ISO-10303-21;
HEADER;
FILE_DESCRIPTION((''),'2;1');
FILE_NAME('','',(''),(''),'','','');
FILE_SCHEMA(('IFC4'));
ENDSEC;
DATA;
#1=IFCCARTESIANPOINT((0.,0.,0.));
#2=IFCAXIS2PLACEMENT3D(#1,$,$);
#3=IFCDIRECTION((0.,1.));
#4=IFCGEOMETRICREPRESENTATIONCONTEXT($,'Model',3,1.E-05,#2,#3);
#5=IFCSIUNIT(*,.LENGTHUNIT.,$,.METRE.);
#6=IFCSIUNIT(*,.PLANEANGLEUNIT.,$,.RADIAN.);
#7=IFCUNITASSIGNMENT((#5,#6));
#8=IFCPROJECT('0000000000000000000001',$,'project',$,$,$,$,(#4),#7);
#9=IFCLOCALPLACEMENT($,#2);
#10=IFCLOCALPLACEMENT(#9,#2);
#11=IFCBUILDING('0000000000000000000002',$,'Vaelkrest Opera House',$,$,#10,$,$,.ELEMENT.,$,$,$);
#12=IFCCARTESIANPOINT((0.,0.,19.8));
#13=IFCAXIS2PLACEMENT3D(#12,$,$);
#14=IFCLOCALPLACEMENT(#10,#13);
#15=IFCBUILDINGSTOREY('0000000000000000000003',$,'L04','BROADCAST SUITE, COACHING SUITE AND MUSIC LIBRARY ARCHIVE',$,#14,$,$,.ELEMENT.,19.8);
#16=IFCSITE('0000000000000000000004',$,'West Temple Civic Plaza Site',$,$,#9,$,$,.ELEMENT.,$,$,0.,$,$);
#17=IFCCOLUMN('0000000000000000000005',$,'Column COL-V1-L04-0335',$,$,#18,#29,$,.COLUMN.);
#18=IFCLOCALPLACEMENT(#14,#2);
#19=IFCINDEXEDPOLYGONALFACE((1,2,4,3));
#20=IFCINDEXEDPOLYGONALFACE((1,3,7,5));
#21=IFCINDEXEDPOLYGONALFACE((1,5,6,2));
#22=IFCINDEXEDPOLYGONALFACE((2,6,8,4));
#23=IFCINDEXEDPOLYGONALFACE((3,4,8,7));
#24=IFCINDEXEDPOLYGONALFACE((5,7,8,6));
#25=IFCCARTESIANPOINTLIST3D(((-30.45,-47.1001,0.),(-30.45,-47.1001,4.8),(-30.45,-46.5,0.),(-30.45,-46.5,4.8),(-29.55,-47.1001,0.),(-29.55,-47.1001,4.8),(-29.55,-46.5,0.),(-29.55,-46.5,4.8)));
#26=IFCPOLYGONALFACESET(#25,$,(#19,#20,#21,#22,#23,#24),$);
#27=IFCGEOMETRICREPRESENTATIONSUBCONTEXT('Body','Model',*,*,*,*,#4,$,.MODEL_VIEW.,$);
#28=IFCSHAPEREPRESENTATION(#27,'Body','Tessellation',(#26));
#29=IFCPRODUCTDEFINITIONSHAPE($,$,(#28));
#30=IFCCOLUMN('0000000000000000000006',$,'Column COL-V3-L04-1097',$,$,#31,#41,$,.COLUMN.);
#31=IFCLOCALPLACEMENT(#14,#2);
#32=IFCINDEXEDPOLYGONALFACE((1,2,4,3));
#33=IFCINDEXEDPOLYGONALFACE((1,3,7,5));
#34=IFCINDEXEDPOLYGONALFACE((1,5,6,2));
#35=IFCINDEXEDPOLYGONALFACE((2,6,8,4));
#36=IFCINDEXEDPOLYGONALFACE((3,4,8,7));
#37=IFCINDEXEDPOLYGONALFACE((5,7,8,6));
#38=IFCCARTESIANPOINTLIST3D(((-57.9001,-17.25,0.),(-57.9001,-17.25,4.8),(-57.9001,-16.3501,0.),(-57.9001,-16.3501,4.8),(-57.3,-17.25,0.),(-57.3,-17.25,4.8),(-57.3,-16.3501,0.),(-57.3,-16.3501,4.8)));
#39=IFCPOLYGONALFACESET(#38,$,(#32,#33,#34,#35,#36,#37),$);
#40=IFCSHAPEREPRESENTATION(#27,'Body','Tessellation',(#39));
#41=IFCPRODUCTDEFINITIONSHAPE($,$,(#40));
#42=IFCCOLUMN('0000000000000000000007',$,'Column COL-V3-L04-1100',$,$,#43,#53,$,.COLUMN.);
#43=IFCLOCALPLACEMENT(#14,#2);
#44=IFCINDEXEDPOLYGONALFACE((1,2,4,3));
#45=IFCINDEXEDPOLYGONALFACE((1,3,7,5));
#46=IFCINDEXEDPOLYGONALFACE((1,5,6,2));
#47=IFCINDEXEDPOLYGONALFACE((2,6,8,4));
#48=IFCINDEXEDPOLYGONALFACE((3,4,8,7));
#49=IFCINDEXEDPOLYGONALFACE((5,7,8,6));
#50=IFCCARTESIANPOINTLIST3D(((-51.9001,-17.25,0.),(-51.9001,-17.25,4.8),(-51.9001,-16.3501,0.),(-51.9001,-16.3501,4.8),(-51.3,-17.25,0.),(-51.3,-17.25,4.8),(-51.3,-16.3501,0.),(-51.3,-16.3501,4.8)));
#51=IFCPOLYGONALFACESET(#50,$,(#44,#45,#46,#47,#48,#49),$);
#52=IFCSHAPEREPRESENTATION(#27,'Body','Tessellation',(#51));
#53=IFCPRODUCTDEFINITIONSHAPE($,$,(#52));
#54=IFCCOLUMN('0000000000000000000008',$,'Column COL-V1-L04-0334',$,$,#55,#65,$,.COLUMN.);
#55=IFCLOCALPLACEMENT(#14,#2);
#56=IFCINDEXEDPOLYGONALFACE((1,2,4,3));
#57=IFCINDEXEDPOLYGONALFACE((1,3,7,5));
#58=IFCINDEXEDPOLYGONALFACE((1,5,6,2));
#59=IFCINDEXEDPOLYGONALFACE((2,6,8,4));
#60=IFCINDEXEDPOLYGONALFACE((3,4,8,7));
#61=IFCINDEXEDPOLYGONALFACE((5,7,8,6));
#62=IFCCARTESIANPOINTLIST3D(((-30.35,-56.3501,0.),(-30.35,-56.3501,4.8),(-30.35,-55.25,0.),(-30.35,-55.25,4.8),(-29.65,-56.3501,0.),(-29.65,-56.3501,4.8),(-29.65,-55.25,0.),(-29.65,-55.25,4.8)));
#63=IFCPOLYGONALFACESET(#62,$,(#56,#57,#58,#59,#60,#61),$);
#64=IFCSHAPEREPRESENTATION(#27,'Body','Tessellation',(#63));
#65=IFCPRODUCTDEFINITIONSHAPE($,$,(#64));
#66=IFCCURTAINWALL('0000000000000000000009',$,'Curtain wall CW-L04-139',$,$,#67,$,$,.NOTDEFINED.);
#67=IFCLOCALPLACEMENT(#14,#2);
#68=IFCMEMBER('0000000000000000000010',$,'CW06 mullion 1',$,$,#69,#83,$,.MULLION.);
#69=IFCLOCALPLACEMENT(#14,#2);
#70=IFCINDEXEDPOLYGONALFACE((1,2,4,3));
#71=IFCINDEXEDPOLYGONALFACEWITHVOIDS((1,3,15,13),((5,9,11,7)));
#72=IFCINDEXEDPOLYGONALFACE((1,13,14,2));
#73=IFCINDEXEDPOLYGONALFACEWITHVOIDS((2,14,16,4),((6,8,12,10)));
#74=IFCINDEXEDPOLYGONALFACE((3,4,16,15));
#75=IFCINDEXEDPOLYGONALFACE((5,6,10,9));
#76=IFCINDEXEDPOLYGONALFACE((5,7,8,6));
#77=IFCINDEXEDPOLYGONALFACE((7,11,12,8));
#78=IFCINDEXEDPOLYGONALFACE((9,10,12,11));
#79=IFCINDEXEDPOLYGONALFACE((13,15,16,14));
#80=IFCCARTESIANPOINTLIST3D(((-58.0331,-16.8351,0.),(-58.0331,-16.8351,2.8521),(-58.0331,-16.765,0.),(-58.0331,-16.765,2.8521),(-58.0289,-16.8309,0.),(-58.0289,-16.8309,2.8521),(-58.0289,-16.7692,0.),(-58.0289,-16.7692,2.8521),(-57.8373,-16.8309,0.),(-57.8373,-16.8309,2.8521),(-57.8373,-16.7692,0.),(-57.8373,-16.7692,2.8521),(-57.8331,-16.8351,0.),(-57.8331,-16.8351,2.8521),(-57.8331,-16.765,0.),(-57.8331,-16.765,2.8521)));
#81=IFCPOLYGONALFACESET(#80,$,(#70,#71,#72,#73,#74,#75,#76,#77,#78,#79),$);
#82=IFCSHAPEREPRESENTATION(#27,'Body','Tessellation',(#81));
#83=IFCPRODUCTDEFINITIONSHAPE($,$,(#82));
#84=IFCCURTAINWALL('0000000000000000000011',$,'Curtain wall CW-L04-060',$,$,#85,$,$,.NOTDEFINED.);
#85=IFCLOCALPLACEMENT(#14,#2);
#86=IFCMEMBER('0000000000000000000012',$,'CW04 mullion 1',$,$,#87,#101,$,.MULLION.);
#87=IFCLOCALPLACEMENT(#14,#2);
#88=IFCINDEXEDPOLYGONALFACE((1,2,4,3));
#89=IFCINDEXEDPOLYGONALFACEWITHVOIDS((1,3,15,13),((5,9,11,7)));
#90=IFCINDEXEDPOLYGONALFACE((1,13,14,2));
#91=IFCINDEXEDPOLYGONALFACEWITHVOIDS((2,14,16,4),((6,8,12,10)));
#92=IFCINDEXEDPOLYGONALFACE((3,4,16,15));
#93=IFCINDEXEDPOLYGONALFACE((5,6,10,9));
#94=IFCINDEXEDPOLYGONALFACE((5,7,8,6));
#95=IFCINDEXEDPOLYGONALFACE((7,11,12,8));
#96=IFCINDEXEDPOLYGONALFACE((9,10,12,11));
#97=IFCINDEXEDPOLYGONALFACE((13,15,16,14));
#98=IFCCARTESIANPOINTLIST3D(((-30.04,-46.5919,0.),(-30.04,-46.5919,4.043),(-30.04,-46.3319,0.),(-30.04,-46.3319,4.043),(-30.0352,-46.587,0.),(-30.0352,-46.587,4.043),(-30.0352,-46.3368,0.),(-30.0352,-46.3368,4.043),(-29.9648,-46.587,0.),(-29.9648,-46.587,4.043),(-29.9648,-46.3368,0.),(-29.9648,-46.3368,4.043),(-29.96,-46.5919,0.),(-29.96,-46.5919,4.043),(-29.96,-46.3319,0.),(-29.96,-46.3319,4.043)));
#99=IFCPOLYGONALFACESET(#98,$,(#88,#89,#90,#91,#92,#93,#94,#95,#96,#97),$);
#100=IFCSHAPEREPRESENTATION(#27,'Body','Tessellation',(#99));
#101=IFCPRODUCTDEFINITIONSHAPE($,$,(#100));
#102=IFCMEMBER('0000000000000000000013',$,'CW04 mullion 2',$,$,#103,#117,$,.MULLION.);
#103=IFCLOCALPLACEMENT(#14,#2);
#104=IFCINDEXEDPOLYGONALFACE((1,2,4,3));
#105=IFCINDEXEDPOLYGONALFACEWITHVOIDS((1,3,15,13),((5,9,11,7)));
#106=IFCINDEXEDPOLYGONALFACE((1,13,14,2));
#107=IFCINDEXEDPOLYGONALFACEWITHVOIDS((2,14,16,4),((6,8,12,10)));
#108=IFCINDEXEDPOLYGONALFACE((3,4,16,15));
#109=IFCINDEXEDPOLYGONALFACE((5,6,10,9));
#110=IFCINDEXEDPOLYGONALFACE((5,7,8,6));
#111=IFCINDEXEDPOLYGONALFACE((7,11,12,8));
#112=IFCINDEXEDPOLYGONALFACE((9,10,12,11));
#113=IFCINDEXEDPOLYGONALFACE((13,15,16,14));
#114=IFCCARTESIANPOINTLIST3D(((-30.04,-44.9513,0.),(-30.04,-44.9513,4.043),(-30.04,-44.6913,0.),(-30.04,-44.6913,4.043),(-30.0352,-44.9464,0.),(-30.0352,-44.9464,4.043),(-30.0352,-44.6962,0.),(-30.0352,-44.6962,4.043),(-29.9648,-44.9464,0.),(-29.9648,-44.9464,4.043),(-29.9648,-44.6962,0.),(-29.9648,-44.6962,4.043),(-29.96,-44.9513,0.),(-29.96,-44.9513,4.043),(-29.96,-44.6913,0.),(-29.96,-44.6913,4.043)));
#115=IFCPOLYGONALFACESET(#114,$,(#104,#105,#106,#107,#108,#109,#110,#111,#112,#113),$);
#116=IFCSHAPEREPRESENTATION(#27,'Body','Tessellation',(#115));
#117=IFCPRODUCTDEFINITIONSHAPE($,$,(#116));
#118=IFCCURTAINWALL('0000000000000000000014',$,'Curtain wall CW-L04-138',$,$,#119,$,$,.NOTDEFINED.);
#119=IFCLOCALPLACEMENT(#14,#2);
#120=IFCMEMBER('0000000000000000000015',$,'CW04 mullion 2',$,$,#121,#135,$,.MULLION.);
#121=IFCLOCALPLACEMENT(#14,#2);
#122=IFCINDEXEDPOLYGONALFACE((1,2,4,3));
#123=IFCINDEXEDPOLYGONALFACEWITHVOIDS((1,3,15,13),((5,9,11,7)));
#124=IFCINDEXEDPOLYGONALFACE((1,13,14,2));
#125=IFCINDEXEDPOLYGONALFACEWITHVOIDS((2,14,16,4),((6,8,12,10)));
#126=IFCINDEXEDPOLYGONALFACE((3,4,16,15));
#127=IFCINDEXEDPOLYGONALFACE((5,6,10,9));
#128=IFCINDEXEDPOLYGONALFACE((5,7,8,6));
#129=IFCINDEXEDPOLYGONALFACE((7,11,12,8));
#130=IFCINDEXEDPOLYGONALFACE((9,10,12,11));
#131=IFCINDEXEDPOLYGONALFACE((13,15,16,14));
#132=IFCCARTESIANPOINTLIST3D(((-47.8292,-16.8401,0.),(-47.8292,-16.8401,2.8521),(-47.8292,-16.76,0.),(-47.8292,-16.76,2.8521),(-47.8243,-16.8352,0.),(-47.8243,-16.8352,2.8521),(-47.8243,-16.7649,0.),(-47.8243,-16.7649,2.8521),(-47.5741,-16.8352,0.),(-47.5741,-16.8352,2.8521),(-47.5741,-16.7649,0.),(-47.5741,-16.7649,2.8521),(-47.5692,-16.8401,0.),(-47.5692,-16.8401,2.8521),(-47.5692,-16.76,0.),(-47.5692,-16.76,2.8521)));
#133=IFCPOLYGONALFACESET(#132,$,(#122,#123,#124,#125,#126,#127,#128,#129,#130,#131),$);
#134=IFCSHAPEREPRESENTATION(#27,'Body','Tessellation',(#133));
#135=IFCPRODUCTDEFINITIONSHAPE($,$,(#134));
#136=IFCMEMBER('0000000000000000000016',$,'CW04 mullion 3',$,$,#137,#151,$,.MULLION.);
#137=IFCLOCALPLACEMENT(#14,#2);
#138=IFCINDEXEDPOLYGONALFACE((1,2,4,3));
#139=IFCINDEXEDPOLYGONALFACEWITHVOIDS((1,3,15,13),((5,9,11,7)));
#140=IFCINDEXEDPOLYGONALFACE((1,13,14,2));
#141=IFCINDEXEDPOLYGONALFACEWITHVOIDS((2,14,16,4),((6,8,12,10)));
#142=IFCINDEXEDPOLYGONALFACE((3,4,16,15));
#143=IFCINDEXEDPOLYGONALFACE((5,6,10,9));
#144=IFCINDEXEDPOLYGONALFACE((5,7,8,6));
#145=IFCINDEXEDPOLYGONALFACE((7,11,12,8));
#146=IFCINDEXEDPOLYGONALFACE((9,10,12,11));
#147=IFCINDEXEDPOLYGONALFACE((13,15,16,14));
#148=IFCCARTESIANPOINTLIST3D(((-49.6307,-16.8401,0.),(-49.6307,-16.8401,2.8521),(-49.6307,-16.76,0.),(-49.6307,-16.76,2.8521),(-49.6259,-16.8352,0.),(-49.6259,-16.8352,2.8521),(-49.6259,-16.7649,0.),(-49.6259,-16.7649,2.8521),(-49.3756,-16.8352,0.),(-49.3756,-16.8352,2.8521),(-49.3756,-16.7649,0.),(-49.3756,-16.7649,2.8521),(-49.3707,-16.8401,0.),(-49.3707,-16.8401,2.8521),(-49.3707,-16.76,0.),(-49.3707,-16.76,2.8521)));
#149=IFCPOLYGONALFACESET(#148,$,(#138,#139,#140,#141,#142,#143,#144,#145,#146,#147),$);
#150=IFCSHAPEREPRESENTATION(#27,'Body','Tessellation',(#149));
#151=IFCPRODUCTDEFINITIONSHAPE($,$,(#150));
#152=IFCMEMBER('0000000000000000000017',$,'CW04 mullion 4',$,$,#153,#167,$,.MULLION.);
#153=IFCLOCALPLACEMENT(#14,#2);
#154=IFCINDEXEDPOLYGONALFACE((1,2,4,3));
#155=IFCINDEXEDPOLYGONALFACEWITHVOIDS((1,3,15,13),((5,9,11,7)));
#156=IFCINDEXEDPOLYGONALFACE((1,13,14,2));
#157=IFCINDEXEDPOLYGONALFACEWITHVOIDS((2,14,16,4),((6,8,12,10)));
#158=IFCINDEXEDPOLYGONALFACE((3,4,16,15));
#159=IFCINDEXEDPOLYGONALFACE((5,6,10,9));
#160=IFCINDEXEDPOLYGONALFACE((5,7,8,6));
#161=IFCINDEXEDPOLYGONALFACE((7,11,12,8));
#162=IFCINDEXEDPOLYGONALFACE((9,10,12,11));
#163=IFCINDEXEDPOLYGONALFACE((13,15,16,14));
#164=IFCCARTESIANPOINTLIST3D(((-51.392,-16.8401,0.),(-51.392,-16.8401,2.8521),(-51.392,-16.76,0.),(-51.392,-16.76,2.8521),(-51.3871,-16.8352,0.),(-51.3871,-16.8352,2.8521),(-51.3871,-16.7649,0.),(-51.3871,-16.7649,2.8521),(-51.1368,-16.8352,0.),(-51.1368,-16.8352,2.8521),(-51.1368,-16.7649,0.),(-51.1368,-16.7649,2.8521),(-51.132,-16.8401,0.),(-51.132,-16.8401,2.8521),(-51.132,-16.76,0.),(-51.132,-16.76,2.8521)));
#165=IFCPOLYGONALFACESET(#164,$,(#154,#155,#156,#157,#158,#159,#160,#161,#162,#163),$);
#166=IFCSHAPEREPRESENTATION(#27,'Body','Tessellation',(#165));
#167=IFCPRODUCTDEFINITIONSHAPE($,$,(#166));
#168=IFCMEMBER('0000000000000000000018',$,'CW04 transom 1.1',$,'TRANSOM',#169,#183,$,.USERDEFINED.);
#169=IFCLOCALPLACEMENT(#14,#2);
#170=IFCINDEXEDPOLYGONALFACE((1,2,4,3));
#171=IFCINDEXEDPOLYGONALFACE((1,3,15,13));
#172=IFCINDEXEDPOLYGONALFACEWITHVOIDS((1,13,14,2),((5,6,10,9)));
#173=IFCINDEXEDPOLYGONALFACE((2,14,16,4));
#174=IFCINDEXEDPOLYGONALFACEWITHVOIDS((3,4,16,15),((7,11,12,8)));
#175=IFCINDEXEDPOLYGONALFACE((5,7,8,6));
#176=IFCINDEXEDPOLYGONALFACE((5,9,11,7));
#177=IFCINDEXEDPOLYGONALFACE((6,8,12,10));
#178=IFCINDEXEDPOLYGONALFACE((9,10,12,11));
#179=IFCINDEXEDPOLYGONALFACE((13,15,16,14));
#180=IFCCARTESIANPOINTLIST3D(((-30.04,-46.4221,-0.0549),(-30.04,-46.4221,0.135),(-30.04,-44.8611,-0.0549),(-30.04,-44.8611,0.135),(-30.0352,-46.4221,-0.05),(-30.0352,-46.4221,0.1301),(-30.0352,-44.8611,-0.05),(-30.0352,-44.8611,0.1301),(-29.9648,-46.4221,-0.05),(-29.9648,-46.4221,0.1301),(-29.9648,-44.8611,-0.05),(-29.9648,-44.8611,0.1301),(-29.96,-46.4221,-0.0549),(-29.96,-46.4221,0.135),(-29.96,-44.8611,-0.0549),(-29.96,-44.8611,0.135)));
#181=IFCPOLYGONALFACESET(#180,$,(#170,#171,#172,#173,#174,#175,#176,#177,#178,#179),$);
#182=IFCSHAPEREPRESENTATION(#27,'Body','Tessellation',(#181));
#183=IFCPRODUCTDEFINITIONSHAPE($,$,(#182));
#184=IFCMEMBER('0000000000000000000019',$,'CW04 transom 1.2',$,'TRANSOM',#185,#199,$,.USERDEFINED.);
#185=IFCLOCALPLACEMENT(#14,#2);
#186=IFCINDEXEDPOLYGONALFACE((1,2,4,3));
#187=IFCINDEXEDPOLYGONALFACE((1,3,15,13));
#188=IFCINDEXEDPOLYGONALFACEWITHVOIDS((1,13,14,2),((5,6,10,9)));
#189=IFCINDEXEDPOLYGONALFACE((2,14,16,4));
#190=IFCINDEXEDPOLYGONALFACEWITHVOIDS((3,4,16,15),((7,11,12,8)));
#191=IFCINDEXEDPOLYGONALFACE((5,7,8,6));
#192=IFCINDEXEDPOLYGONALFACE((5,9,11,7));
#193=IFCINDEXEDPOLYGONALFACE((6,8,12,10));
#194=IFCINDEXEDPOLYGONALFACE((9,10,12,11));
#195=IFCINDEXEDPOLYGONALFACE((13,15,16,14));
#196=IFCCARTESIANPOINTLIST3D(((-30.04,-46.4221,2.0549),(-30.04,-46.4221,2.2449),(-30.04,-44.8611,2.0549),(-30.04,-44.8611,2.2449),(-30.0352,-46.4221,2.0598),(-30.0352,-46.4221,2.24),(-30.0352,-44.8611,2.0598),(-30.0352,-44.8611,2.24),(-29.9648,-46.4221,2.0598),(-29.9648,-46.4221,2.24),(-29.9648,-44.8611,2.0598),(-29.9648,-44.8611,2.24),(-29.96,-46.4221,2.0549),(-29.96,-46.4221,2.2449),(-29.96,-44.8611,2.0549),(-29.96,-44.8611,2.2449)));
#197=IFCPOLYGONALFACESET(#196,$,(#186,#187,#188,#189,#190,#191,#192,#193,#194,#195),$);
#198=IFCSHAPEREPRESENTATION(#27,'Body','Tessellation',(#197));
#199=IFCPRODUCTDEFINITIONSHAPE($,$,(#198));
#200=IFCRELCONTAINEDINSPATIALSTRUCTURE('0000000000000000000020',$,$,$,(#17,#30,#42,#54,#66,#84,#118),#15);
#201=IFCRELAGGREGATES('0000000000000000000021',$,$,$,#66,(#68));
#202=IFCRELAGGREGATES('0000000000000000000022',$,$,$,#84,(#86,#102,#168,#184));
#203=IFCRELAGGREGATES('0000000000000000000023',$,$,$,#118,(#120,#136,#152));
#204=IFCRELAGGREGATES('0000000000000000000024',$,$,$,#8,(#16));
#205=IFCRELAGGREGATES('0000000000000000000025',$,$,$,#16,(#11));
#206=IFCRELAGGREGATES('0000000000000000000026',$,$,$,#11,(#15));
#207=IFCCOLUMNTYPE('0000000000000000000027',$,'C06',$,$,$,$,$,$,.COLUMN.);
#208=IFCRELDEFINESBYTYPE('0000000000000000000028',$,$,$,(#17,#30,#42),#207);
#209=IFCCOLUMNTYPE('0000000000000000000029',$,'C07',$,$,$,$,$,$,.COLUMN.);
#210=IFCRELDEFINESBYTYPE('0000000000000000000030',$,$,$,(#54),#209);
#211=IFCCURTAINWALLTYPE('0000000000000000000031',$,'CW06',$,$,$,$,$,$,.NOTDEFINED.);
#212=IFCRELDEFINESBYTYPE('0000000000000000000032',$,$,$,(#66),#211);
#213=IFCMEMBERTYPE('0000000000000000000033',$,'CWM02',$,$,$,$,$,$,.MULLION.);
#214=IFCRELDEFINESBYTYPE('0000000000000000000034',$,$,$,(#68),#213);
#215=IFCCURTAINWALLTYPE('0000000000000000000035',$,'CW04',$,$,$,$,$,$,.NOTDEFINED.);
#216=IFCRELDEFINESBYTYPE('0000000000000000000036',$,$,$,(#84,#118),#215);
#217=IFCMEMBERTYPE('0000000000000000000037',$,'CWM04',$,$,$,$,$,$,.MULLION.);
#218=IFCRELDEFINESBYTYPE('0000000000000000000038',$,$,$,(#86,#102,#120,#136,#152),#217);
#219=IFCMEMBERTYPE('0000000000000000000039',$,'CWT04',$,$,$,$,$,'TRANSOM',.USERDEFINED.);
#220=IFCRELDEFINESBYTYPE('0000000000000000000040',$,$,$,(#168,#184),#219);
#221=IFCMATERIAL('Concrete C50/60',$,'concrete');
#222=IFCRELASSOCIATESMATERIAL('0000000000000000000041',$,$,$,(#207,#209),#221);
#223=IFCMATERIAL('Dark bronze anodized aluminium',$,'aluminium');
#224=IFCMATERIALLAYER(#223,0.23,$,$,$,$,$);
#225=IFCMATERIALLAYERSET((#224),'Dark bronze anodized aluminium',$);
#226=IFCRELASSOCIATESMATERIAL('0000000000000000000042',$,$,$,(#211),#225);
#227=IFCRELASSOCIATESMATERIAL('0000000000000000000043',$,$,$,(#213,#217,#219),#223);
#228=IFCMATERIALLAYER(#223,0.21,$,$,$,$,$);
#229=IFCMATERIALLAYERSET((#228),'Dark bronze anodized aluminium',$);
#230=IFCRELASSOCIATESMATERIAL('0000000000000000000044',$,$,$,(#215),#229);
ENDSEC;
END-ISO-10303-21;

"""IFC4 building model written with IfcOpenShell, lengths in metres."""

from ifc_helpers import new_model, si_unit, direction, frame, origin, origin_2d, place, context, subcontext, project, spatial, rectangle, hollow_rectangle, extrude, material, layer, layer_set, material_profile, profile_set, type_object, element, aggregate, save


model = new_model("IFC4")

# Units and contexts
model_context = context("Model", 3, precision=1e-05, world=origin(), true_north=direction((0.0, 1.0)))
body_context = subcontext(model_context, "Body", "Model", "MODEL_VIEW")
ifc_project = project(units=[si_unit("LENGTHUNIT", "METRE"), si_unit("PLANEANGLEUNIT", "RADIAN")], contexts=[model_context])

# Site, building, storey
site_placement = place(None, origin())
site = spatial("IfcSite", under=ifc_project, at=site_placement, Name="West Temple Civic Plaza Site", CompositionType="ELEMENT", RefElevation=0.0)
building_placement = place(site_placement, origin())
building = spatial("IfcBuilding", under=site, at=building_placement, Name="Vaelkrest Opera House", CompositionType="ELEMENT")
storey_placement = place(building_placement, frame((0.0, 0.0, 19.8)))
storey = spatial("IfcBuildingStorey", under=building, at=storey_placement, Name="L04", Description="BROADCAST SUITE, COACHING SUITE AND MUSIC LIBRARY ARCHIVE", CompositionType="ELEMENT", Elevation=19.8)

# Columns
ifc_material_1 = material(Name="Concrete C50/60", Category="concrete")
ifc_material_profile_1 = material_profile(ifc_material_1, rectangle(XDim=0.6001, YDim=0.8999, at=origin_2d()), Name="RC600X900")
ifc_profile_set_1 = profile_set([ifc_material_profile_1], Name="Concrete C50/60")
column_type_1 = type_object("IfcColumnType", Name="C06", PredefinedType="COLUMN", material=ifc_profile_set_1)
for number, where, z_axis, x_axis, name in (
    (1, (-30.0, -46.8, 0.0), (0.0, 0.0, 1.0), (0.0, 1.0, 0.0), "Column COL-V1-L04-0335"),
    (2, (-57.6001, -16.8, 0.0), (0.0, 0.0, 1.0), (1.0, 0.0, 0.0), "Column COL-V3-L04-1097"),
    (3, (-51.6001, -16.8, 0.0), (0.0, 0.0, 1.0), (1.0, 0.0, 0.0), "Column COL-V3-L04-1100"),
):
    element("IfcColumn", number, at=place(storey_placement, frame(where, z_axis=z_axis, x_axis=x_axis)), inside=storey, type_object=column_type_1, Name=name, PredefinedType="COLUMN", context=body_context, shape_type="SweptSolid", body=[
        extrude(rectangle(XDim=0.6001, YDim=0.8999, at=origin_2d()), origin(), (0.0, 0.0, 1.0), 4.8),
    ])
ifc_material_profile_2 = material_profile(ifc_material_1, rectangle(XDim=0.7, YDim=1.1001, at=origin_2d()), Name="RC700X1100")
ifc_profile_set_2 = profile_set([ifc_material_profile_2], Name="Concrete C50/60")
column_type_2 = type_object("IfcColumnType", Name="C07", PredefinedType="COLUMN", material=ifc_profile_set_2)
column_placement = place(storey_placement, frame((-30.0, -55.8, 0.0), z_axis=(0.0, 0.0, 1.0), x_axis=(1.0, 0.0, 0.0)))
element("IfcColumn", 4, at=column_placement, inside=storey, type_object=column_type_2, Name="Column COL-V1-L04-0334", PredefinedType="COLUMN", context=body_context, shape_type="SweptSolid", body=[
    extrude(rectangle(XDim=0.7, YDim=1.1001, at=origin_2d()), origin(), (0.0, 0.0, 1.0), 4.8),
])

# Curtain wall, member
ifc_material_2 = material(Name="Dark bronze anodized aluminium", Category="aluminium")
ifc_layer_1 = layer(ifc_material_2, 0.23)
ifc_layer_set_1 = layer_set([ifc_layer_1], Name="Dark bronze anodized aluminium")
curtain_wall_type_1 = type_object("IfcCurtainWallType", Name="CW06", PredefinedType="NOTDEFINED", material=ifc_layer_set_1)
curtain_wall_1_placement = place(storey_placement, origin())
curtain_wall_1 = element("IfcCurtainWall", 5, at=curtain_wall_1_placement, inside=storey, type_object=curtain_wall_type_1, Name="Curtain wall CW-L04-139", PredefinedType="NOTDEFINED")
ifc_material_profile_3 = material_profile(ifc_material_2, hollow_rectangle(XDim=0.0701, YDim=0.2, WallThickness=0.0042, at=origin_2d()), Name="CWM70X200")
ifc_profile_set_3 = profile_set([ifc_material_profile_3], Name="Dark bronze anodized aluminium")
member_type_1 = type_object("IfcMemberType", Name="CWM02", PredefinedType="MULLION", material=ifc_profile_set_3)
member_1_placement = place(storey_placement, frame((-57.9331, -16.8, 0.0), z_axis=(0.0, 0.0, 1.0), x_axis=(0.0, -1.0, 0.0)))
member_1 = element("IfcMember", 6, at=member_1_placement, type_object=member_type_1, Name="CW06 mullion 1", PredefinedType="MULLION", context=body_context, shape_type="SweptSolid", body=[
    extrude(hollow_rectangle(XDim=0.0701, YDim=0.2, WallThickness=0.0042, at=origin_2d()), origin(), (0.0, 0.0, 1.0), 2.8521),
])

# Curtain walls, members
ifc_layer_2 = layer(ifc_material_2, 0.21)
ifc_layer_set_2 = layer_set([ifc_layer_2], Name="Dark bronze anodized aluminium")
curtain_wall_type_2 = type_object("IfcCurtainWallType", Name="CW04", PredefinedType="NOTDEFINED", material=ifc_layer_set_2)
curtain_wall_2_placement = place(storey_placement, origin())
curtain_wall_2 = element("IfcCurtainWall", 7, at=curtain_wall_2_placement, inside=storey, type_object=curtain_wall_type_2, Name="Curtain wall CW-L04-060", PredefinedType="NOTDEFINED")
ifc_material_profile_4 = material_profile(ifc_material_2, hollow_rectangle(XDim=0.0801, YDim=0.26, WallThickness=0.0049, at=origin_2d()), Name="CWM80X260")
ifc_profile_set_4 = profile_set([ifc_material_profile_4], Name="Dark bronze anodized aluminium")
member_type_2 = type_object("IfcMemberType", Name="CWM04", PredefinedType="MULLION", material=ifc_profile_set_4)
member_2_placement = place(storey_placement, frame((-30.0, -46.4619, 0.0), z_axis=(0.0, 0.0, 1.0), x_axis=(-1.0, 0.0, 0.0)))
member_2 = element("IfcMember", 8, at=member_2_placement, type_object=member_type_2, Name="CW04 mullion 1", PredefinedType="MULLION", context=body_context, shape_type="SweptSolid", body=[
    extrude(hollow_rectangle(XDim=0.0801, YDim=0.26, WallThickness=0.0049, at=origin_2d()), origin(), (0.0, 0.0, 1.0), 4.043),
])
member_3_placement = place(storey_placement, frame((-30.0, -44.8213, 0.0), z_axis=(0.0, 0.0, 1.0), x_axis=(-1.0, 0.0, 0.0)))
member_3 = element("IfcMember", 9, at=member_3_placement, type_object=member_type_2, Name="CW04 mullion 2", PredefinedType="MULLION", context=body_context, shape_type="SweptSolid", body=[
    extrude(hollow_rectangle(XDim=0.0801, YDim=0.26, WallThickness=0.0049, at=origin_2d()), origin(), (0.0, 0.0, 1.0), 4.043),
])
curtain_wall_3_placement = place(storey_placement, origin())
curtain_wall_3 = element("IfcCurtainWall", 10, at=curtain_wall_3_placement, inside=storey, type_object=curtain_wall_type_2, Name="Curtain wall CW-L04-138", PredefinedType="NOTDEFINED")
member_4_placement = place(storey_placement, frame((-47.6992, -16.8, 0.0), z_axis=(0.0, 0.0, 1.0), x_axis=(0.0, -1.0, 0.0)))
member_4 = element("IfcMember", 11, at=member_4_placement, type_object=member_type_2, Name="CW04 mullion 2", PredefinedType="MULLION", context=body_context, shape_type="SweptSolid", body=[
    extrude(hollow_rectangle(XDim=0.0801, YDim=0.26, WallThickness=0.0049, at=origin_2d()), origin(), (0.0, 0.0, 1.0), 2.8521),
])
member_5_placement = place(storey_placement, frame((-49.5007, -16.8, 0.0), z_axis=(0.0, 0.0, 1.0), x_axis=(0.0, -1.0, 0.0)))
member_5 = element("IfcMember", 12, at=member_5_placement, type_object=member_type_2, Name="CW04 mullion 3", PredefinedType="MULLION", context=body_context, shape_type="SweptSolid", body=[
    extrude(hollow_rectangle(XDim=0.0801, YDim=0.26, WallThickness=0.0049, at=origin_2d()), origin(), (0.0, 0.0, 1.0), 2.8521),
])
member_6_placement = place(storey_placement, frame((-51.262, -16.8, 0.0), z_axis=(0.0, 0.0, 1.0), x_axis=(0.0, -1.0, 0.0)))
member_6 = element("IfcMember", 13, at=member_6_placement, type_object=member_type_2, Name="CW04 mullion 4", PredefinedType="MULLION", context=body_context, shape_type="SweptSolid", body=[
    extrude(hollow_rectangle(XDim=0.0801, YDim=0.26, WallThickness=0.0049, at=origin_2d()), origin(), (0.0, 0.0, 1.0), 2.8521),
])

# Members
ifc_material_profile_5 = material_profile(ifc_material_2, hollow_rectangle(XDim=0.0801, YDim=0.1899, WallThickness=0.0049, at=origin_2d()), Name="CWT80X190")
ifc_profile_set_5 = profile_set([ifc_material_profile_5], Name="Dark bronze anodized aluminium")
member_type_3 = type_object("IfcMemberType", Name="CWT04", ElementType="TRANSOM", PredefinedType="USERDEFINED", material=ifc_profile_set_5)
member_7_placement = place(storey_placement, frame((-30.0, -46.4221, 0.04), z_axis=(0.0, 1.0, 0.0), x_axis=(-1.0, 0.0, 0.0)))
member_7 = element("IfcMember", 14, at=member_7_placement, type_object=member_type_3, Name="CW04 transom 1.1", ObjectType="TRANSOM", PredefinedType="USERDEFINED", context=body_context, shape_type="SweptSolid", body=[
    extrude(hollow_rectangle(XDim=0.0801, YDim=0.1899, WallThickness=0.0049, at=origin_2d()), origin(), (0.0, 0.0, 1.0), 1.561),
])
member_8_placement = place(storey_placement, frame((-30.0, -46.4221, 2.1499), z_axis=(0.0, 1.0, 0.0), x_axis=(-1.0, 0.0, 0.0)))
member_8 = element("IfcMember", 15, at=member_8_placement, type_object=member_type_3, Name="CW04 transom 1.2", ObjectType="TRANSOM", PredefinedType="USERDEFINED", context=body_context, shape_type="SweptSolid", body=[
    extrude(hollow_rectangle(XDim=0.0801, YDim=0.1899, WallThickness=0.0049, at=origin_2d()), origin(), (0.0, 0.0, 1.0), 1.561),
])
aggregate(curtain_wall_1, [member_1])

aggregate(curtain_wall_2, [member_2, member_3, member_7, member_8])
aggregate(curtain_wall_3, [member_4, member_5, member_6])

save(model, "model.ifc")
